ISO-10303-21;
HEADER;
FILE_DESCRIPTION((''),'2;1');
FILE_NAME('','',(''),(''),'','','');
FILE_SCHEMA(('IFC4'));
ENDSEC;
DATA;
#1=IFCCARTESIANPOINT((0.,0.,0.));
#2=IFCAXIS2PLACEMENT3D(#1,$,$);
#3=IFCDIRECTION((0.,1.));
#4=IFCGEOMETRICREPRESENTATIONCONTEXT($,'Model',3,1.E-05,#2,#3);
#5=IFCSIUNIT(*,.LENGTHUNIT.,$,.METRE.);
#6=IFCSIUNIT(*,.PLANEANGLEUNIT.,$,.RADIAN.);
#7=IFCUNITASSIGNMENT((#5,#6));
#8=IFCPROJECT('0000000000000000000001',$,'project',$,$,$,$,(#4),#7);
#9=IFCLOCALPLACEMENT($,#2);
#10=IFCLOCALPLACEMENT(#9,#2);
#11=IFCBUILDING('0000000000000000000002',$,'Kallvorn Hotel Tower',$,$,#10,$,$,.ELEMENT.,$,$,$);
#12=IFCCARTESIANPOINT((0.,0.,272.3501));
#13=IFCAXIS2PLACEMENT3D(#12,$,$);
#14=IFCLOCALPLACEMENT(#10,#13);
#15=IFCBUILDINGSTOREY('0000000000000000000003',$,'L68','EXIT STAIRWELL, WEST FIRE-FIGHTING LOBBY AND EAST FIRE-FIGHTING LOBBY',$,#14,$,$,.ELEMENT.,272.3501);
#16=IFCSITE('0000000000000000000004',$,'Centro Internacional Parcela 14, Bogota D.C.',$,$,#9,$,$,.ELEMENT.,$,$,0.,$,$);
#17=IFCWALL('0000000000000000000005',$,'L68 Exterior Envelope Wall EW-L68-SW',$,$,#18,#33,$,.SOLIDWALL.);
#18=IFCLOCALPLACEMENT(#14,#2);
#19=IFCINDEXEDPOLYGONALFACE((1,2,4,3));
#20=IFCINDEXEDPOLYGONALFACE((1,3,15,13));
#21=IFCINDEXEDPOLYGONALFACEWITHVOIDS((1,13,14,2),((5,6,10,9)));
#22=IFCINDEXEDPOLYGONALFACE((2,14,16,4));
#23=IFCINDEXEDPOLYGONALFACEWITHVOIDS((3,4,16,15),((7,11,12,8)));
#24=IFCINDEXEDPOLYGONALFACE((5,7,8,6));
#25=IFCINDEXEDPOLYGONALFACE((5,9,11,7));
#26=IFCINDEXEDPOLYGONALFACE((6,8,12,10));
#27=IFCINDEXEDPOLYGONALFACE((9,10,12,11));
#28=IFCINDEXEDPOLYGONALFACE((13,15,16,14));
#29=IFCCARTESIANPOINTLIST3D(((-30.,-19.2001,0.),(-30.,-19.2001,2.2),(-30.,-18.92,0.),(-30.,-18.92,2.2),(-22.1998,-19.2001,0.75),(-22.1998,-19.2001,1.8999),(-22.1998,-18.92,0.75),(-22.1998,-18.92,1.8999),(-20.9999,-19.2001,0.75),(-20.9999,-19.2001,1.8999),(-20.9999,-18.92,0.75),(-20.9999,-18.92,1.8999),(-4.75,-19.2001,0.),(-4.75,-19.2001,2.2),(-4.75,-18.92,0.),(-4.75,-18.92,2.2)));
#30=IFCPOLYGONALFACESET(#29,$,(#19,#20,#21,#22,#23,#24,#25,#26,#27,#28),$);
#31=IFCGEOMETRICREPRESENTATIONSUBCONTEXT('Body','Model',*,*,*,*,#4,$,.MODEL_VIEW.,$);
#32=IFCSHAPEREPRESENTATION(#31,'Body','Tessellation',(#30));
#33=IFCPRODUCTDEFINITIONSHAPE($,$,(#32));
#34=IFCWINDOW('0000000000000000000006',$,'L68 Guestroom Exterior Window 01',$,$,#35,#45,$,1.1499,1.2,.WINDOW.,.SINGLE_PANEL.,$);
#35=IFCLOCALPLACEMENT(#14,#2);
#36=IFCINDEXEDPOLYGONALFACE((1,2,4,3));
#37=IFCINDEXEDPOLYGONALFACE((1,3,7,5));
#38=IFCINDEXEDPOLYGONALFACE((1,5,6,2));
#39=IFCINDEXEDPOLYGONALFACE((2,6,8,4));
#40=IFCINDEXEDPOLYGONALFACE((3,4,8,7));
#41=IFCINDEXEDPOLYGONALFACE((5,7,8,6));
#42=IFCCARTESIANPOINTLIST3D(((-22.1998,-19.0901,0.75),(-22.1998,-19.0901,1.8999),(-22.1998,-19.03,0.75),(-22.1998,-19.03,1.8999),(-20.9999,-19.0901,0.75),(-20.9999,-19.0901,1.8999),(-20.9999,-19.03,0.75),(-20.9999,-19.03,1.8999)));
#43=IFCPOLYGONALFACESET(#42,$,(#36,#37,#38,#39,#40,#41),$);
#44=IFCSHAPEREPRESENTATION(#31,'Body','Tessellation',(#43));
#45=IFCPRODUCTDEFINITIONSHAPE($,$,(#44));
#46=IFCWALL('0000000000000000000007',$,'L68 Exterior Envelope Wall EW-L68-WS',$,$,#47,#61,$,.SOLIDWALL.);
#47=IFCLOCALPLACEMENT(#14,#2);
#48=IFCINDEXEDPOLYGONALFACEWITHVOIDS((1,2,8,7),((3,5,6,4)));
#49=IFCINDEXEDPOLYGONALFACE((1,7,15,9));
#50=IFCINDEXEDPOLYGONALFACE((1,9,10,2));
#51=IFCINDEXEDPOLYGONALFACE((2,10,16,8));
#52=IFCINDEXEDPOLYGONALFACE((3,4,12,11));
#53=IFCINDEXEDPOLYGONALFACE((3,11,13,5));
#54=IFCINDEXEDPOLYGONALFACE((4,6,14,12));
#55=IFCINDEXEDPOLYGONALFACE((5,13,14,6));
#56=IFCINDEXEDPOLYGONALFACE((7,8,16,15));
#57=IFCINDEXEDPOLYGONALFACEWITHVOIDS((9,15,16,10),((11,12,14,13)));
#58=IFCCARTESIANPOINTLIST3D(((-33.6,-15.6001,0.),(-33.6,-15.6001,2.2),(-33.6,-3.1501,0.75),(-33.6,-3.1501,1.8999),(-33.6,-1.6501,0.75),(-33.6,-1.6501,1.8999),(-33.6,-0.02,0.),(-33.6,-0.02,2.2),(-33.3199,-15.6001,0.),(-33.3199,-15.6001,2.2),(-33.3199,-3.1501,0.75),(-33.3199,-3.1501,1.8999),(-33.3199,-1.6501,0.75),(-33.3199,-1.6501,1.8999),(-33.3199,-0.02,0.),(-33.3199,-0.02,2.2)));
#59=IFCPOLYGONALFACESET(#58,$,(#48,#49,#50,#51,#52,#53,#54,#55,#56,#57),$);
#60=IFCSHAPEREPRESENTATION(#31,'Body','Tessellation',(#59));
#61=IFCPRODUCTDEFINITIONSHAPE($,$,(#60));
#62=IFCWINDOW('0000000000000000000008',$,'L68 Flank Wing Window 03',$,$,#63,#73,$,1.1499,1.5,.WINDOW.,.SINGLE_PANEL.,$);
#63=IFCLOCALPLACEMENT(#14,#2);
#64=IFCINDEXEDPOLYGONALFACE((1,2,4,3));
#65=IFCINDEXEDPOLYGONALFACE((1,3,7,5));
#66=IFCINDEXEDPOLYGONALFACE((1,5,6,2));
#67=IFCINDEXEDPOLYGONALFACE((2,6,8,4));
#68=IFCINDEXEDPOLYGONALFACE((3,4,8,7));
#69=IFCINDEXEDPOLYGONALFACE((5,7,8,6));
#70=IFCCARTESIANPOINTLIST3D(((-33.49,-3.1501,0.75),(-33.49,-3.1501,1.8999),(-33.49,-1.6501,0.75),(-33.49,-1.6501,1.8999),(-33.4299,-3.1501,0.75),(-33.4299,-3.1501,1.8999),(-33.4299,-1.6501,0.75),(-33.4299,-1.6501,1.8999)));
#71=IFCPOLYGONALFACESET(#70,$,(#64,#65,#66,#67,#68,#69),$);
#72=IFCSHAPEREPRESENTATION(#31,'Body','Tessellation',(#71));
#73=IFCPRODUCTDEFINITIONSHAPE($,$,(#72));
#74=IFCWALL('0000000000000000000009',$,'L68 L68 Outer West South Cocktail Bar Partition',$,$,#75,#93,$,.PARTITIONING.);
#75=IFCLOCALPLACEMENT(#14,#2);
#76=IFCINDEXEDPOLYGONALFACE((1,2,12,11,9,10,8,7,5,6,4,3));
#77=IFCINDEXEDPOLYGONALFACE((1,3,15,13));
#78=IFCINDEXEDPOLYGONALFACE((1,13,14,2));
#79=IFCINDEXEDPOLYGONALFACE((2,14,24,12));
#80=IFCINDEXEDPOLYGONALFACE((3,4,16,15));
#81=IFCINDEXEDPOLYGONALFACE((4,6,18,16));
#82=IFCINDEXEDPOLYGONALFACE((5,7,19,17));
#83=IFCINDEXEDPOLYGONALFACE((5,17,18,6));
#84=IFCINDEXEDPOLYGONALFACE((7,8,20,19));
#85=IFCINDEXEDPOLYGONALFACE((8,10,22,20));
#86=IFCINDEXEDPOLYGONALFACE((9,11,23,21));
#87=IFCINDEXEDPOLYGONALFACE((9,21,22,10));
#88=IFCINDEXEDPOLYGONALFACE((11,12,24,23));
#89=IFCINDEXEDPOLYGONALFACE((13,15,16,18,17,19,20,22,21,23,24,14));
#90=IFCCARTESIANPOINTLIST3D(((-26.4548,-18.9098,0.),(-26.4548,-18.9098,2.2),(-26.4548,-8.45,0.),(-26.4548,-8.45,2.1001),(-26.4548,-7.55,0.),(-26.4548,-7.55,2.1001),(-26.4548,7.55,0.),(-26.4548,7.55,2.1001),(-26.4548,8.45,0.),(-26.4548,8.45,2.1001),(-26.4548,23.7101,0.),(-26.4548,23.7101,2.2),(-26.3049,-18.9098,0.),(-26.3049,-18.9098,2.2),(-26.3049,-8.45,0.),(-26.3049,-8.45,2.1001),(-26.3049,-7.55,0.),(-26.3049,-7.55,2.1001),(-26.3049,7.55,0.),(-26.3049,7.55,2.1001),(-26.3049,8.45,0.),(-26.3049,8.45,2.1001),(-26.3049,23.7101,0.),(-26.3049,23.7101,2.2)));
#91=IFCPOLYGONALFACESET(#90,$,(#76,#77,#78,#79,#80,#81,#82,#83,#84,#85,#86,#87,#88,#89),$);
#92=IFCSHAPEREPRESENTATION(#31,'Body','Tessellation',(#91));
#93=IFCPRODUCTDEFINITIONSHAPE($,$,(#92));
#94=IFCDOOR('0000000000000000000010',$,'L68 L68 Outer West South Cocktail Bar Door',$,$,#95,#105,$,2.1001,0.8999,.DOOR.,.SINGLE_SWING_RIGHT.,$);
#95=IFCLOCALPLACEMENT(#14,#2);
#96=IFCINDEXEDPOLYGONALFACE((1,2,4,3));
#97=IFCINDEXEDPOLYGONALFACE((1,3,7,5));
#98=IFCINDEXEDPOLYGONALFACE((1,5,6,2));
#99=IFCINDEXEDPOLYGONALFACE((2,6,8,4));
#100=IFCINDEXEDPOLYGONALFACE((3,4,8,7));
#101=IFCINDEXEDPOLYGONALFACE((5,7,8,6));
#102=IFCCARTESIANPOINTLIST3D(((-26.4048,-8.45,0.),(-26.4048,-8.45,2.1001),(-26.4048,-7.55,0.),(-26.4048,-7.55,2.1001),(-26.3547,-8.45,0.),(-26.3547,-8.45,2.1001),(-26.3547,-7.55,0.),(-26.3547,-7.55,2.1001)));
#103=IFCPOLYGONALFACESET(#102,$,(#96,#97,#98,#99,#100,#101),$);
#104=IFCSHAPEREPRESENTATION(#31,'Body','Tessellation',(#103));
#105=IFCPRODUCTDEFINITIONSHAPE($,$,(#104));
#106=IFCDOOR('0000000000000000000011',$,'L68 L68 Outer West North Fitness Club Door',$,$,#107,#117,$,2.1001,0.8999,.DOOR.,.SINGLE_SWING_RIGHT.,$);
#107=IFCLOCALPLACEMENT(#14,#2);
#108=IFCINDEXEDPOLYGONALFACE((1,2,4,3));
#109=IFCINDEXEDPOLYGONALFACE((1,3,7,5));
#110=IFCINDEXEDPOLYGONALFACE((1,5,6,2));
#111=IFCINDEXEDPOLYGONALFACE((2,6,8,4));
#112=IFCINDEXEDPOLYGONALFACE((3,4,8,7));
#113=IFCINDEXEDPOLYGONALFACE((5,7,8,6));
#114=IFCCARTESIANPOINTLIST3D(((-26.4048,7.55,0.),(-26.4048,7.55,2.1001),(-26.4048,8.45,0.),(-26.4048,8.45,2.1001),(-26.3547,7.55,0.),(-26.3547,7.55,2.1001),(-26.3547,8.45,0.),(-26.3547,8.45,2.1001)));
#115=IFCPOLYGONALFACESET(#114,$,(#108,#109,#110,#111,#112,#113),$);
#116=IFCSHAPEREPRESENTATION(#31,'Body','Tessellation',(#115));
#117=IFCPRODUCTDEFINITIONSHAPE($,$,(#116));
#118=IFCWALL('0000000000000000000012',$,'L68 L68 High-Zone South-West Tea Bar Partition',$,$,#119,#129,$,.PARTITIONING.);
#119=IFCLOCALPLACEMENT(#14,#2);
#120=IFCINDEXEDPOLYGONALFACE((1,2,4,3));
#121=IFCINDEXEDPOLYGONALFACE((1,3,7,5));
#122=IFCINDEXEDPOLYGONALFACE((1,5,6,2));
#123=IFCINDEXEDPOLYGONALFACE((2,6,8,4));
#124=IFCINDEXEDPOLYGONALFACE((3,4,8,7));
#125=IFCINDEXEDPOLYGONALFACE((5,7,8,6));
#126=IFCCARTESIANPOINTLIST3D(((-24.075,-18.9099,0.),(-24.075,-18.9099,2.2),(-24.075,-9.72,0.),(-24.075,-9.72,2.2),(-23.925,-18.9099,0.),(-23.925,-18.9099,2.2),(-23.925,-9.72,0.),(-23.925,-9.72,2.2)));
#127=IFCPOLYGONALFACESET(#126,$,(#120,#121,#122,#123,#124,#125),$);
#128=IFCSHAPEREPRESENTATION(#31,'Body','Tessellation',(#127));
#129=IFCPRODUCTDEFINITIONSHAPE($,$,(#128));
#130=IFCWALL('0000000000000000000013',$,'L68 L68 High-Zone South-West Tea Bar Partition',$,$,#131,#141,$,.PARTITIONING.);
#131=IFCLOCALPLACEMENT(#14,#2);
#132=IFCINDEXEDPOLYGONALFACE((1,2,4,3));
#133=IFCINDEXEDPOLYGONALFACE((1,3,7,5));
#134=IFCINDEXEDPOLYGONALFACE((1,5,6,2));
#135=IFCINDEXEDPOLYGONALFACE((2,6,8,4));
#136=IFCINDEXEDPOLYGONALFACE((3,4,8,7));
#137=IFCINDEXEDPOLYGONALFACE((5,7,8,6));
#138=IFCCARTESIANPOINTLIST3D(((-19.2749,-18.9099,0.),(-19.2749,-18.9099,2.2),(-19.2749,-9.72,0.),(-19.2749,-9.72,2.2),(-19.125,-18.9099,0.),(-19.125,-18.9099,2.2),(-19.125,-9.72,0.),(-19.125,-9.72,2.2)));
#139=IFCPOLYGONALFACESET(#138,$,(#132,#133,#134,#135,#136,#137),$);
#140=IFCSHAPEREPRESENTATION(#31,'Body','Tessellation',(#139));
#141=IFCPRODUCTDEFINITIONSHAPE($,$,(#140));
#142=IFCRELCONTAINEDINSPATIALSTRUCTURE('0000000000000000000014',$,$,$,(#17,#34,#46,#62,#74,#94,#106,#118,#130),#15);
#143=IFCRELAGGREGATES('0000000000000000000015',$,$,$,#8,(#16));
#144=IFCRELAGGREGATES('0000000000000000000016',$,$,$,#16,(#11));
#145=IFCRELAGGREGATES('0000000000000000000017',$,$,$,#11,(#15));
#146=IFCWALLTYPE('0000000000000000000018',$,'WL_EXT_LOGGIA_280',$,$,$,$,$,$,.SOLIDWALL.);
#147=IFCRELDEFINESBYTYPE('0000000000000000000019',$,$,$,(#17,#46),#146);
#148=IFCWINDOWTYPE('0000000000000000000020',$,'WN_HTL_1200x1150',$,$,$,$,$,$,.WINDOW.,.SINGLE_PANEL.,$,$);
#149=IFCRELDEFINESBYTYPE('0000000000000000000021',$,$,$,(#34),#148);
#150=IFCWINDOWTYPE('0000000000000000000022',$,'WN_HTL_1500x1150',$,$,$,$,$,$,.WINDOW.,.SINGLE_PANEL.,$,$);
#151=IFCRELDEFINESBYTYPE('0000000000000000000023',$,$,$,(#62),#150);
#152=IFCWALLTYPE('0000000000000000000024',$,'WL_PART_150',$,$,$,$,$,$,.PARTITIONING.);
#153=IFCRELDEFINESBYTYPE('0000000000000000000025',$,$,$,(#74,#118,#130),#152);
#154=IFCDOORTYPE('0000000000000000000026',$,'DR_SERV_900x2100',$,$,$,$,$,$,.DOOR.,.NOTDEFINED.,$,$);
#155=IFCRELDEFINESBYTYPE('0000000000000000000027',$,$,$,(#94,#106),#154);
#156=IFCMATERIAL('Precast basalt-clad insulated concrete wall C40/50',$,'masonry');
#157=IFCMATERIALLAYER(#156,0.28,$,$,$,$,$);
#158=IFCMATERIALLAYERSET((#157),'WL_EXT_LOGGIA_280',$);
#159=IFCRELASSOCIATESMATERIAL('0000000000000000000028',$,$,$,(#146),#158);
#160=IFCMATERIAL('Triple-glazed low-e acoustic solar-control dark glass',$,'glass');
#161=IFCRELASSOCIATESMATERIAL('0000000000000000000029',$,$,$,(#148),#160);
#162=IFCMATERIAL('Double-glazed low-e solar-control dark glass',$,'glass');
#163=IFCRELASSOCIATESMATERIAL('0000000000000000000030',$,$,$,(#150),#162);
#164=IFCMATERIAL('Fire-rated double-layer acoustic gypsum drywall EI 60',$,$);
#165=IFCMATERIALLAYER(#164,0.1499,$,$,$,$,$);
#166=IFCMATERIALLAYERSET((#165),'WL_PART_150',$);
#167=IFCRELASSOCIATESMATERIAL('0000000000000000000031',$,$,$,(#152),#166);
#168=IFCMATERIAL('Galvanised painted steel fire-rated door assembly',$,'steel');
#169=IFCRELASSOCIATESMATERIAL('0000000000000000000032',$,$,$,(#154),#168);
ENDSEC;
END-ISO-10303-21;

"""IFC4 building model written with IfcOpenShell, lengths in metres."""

from ifc_helpers import new_model, si_unit, direction, frame, frame_2d, origin, place, context, subcontext, project, spatial, rectangle, extrude, material, layer, layer_set, type_object, element, fill, save


model = new_model("IFC4")

# Units and contexts
model_context = context("Model", 3, precision=1e-05, world=origin(), true_north=direction((0.0, 1.0)))
body_context = subcontext(model_context, "Body", "Model", "MODEL_VIEW")
ifc_project = project(units=[si_unit("LENGTHUNIT", "METRE"), si_unit("PLANEANGLEUNIT", "RADIAN")], contexts=[model_context])

# Site, building, storey
site_placement = place(None, origin())
site = spatial("IfcSite", under=ifc_project, at=site_placement, Name="Centro Internacional Parcela 14, Bogota D.C.", CompositionType="ELEMENT", RefElevation=0.0)
building_placement = place(site_placement, origin())
building = spatial("IfcBuilding", under=site, at=building_placement, Name="Kallvorn Hotel Tower", CompositionType="ELEMENT")
storey_placement = place(building_placement, frame((0.0, 0.0, 272.3501)))
storey = spatial("IfcBuildingStorey", under=building, at=storey_placement, Name="L68", Description="EXIT STAIRWELL, WEST FIRE-FIGHTING LOBBY AND EAST FIRE-FIGHTING LOBBY", CompositionType="ELEMENT", Elevation=272.3501)

# Shared definitions
ifc_material_1 = material(Name="Precast basalt-clad insulated concrete wall C40/50", Category="masonry")
ifc_layer_1 = layer(ifc_material_1, 0.28)
ifc_layer_set_1 = layer_set([ifc_layer_1], Name="WL_EXT_LOGGIA_280")
wall_type_1 = type_object("IfcWallType", Name="WL_EXT_LOGGIA_280", PredefinedType="SOLIDWALL", material=ifc_layer_set_1)

# Walls, openings, windows
wall_1_placement = place(storey_placement, frame((-30.0, -19.0601, 0.0), z_axis=(0.0, 0.0, 1.0), x_axis=(1.0, 0.0, 0.0)))
wall_1 = element("IfcWall", 1, at=wall_1_placement, inside=storey, type_object=wall_type_1, Name="L68 Exterior Envelope Wall EW-L68-SW", PredefinedType="SOLIDWALL", context=body_context, shape_type="SweptSolid", body=[
    extrude(rectangle(XDim=25.25, YDim=0.28, at=frame_2d((12.625, 0.0))), origin(), (0.0, 0.0, 1.0), 2.2),
])
opening_1_placement = place(wall_1_placement, frame((7.8, 0.0, 0.75)))
opening_1 = element("IfcOpeningElement", 2, at=opening_1_placement, cuts=wall_1, PredefinedType="OPENING", context=body_context, shape_type="SweptSolid", body=[
    extrude(rectangle(XDim=1.2, YDim=1.1499, at=frame_2d((0.6001, 0.575))), frame((0.0, 0.155, 0.0), z_axis=(0.0, -1.0, 0.0), x_axis=(1.0, 0.0, 0.0)), (0.0, 0.0, 1.0), 0.3101),
])
ifc_material_2 = material(Name="Triple-glazed low-e acoustic solar-control dark glass", Category="glass")
window_type_1 = type_object("IfcWindowType", Name="WN_HTL_1200x1150", PartitioningType="SINGLE_PANEL", PredefinedType="WINDOW", material=ifc_material_2)
window_1_placement = place(opening_1_placement, origin())
window_1 = element("IfcWindow", 3, at=window_1_placement, inside=storey, type_object=window_type_1, Name="L68 Guestroom Exterior Window 01", OverallHeight=1.1499, OverallWidth=1.2, PartitioningType="SINGLE_PANEL", PredefinedType="WINDOW", context=body_context, shape_type="SweptSolid", body=[
    extrude(rectangle(XDim=1.2, YDim=1.1499, at=frame_2d((0.6001, 0.575))), frame((0.0, 0.03, 0.0), z_axis=(0.0, -1.0, 0.0), x_axis=(1.0, 0.0, 0.0)), (0.0, 0.0, 1.0), 0.0601),
])
fill(opening_1, window_1)
wall_2_placement = place(storey_placement, frame((-33.46, -15.6001, 0.0), z_axis=(0.0, 0.0, 1.0), x_axis=(0.0, 1.0, 0.0)))
wall_2 = element("IfcWall", 4, at=wall_2_placement, inside=storey, type_object=wall_type_1, Name="L68 Exterior Envelope Wall EW-L68-WS", PredefinedType="SOLIDWALL", context=body_context, shape_type="SweptSolid", body=[
    extrude(rectangle(XDim=15.5801, YDim=0.28, at=frame_2d((7.79, 0.0))), origin(), (0.0, 0.0, 1.0), 2.2),
])
opening_2_placement = place(wall_2_placement, frame((12.45, 0.0, 0.75)))
opening_2 = element("IfcOpeningElement", 5, at=opening_2_placement, cuts=wall_2, PredefinedType="OPENING", context=body_context, shape_type="SweptSolid", body=[
    extrude(rectangle(XDim=1.5, YDim=1.1499, at=frame_2d((0.75, 0.575))), frame((0.0, 0.155, 0.0), z_axis=(0.0, -1.0, 0.0), x_axis=(1.0, 0.0, 0.0)), (0.0, 0.0, 1.0), 0.3101),
])
ifc_material_3 = material(Name="Double-glazed low-e solar-control dark glass", Category="glass")
window_type_2 = type_object("IfcWindowType", Name="WN_HTL_1500x1150", PartitioningType="SINGLE_PANEL", PredefinedType="WINDOW", material=ifc_material_3)
window_2_placement = place(opening_2_placement, origin())
window_2 = element("IfcWindow", 6, at=window_2_placement, inside=storey, type_object=window_type_2, Name="L68 Flank Wing Window 03", OverallHeight=1.1499, OverallWidth=1.5, PartitioningType="SINGLE_PANEL", PredefinedType="WINDOW", context=body_context, shape_type="SweptSolid", body=[
    extrude(rectangle(XDim=1.5, YDim=1.1499, at=frame_2d((0.75, 0.575))), frame((0.0, 0.03, 0.0), z_axis=(0.0, -1.0, 0.0), x_axis=(1.0, 0.0, 0.0)), (0.0, 0.0, 1.0), 0.0601),
])
fill(opening_2, window_2)

# Wall, openings, doors
ifc_material_4 = material(Name="Fire-rated double-layer acoustic gypsum drywall EI 60")
ifc_layer_2 = layer(ifc_material_4, 0.1499)
ifc_layer_set_2 = layer_set([ifc_layer_2], Name="WL_PART_150")
wall_type_2 = type_object("IfcWallType", Name="WL_PART_150", PredefinedType="PARTITIONING", material=ifc_layer_set_2)
wall_3_placement = place(storey_placement, frame((-26.3799, -18.9099, 0.0), z_axis=(0.0, 0.0, 1.0), x_axis=(0.0, 1.0, 0.0)))
wall_3 = element("IfcWall", 7, at=wall_3_placement, inside=storey, type_object=wall_type_2, Name="L68 L68 Outer West South Cocktail Bar Partition", PredefinedType="PARTITIONING", context=body_context, shape_type="SweptSolid", body=[
    extrude(rectangle(XDim=42.6199, YDim=0.1499, at=frame_2d((21.3101, 0.0))), origin(), (0.0, 0.0, 1.0), 2.2),
])
opening_3_placement = place(wall_3_placement, frame((10.46, 0.0, 0.0)))
opening_3 = element("IfcOpeningElement", 8, at=opening_3_placement, cuts=wall_3, PredefinedType="OPENING", context=body_context, shape_type="SweptSolid", body=[
    extrude(rectangle(XDim=0.8999, YDim=2.1001, at=frame_2d((0.45, 1.05))), frame((0.0, 0.0898, 0.0), z_axis=(0.0, -1.0, 0.0), x_axis=(1.0, 0.0, 0.0)), (0.0, 0.0, 1.0), 0.1799),
])
opening_4_placement = place(wall_3_placement, frame((26.46, 0.0, 0.0)))
opening_4 = element("IfcOpeningElement", 9, at=opening_4_placement, cuts=wall_3, PredefinedType="OPENING", context=body_context, shape_type="SweptSolid", body=[
    extrude(rectangle(XDim=0.8999, YDim=2.1001, at=frame_2d((0.45, 1.05))), frame((0.0, 0.0898, 0.0), z_axis=(0.0, -1.0, 0.0), x_axis=(1.0, 0.0, 0.0)), (0.0, 0.0, 1.0), 0.1799),
])
ifc_material_5 = material(Name="Galvanised painted steel fire-rated door assembly", Category="steel")
door_type = type_object("IfcDoorType", Name="DR_SERV_900x2100", OperationType="NOTDEFINED", PredefinedType="DOOR", material=ifc_material_5)
door_1_placement = place(opening_3_placement, origin())
door_1 = element("IfcDoor", 10, at=door_1_placement, inside=storey, type_object=door_type, Name="L68 L68 Outer West South Cocktail Bar Door", OperationType="SINGLE_SWING_RIGHT", OverallHeight=2.1001, OverallWidth=0.8999, PredefinedType="DOOR", context=body_context, shape_type="SweptSolid", body=[
    extrude(rectangle(XDim=0.8999, YDim=2.1001, at=frame_2d((0.45, 1.05))), frame((0.0, 0.0249, 0.0), z_axis=(0.0, -1.0, 0.0), x_axis=(1.0, 0.0, 0.0)), (0.0, 0.0, 1.0), 0.05),
])
fill(opening_3, door_1)
door_2_placement = place(opening_4_placement, origin())
door_2 = element("IfcDoor", 11, at=door_2_placement, inside=storey, type_object=door_type, Name="L68 L68 Outer West North Fitness Club Door", OperationType="SINGLE_SWING_RIGHT", OverallHeight=2.1001, OverallWidth=0.8999, PredefinedType="DOOR", context=body_context, shape_type="SweptSolid", body=[
    extrude(rectangle(XDim=0.8999, YDim=2.1001, at=frame_2d((0.45, 1.05))), frame((0.0, 0.0249, 0.0), z_axis=(0.0, -1.0, 0.0), x_axis=(1.0, 0.0, 0.0)), (0.0, 0.0, 1.0), 0.05),
])
fill(opening_4, door_2)

# Walls
for number, where, z_axis, x_axis, name in (
    (12, (-24.0, -18.9099, 0.0), (0.0, 0.0, 1.0), (0.0, 1.0, 0.0), "L68 L68 High-Zone South-West Tea Bar Partition"),
    (13, (-19.2, -18.9099, 0.0), (0.0, 0.0, 1.0), (0.0, 1.0, 0.0), "L68 L68 High-Zone South-West Tea Bar Partition"),
):
    element("IfcWall", number, at=place(storey_placement, frame(where, z_axis=z_axis, x_axis=x_axis)), inside=storey, type_object=wall_type_2, Name=name, PredefinedType="PARTITIONING", context=body_context, shape_type="SweptSolid", body=[
        extrude(rectangle(XDim=9.1899, YDim=0.1499, at=frame_2d((4.595, 0.0))), origin(), (0.0, 0.0, 1.0), 2.2),
    ])

save(model, "model.ifc")
